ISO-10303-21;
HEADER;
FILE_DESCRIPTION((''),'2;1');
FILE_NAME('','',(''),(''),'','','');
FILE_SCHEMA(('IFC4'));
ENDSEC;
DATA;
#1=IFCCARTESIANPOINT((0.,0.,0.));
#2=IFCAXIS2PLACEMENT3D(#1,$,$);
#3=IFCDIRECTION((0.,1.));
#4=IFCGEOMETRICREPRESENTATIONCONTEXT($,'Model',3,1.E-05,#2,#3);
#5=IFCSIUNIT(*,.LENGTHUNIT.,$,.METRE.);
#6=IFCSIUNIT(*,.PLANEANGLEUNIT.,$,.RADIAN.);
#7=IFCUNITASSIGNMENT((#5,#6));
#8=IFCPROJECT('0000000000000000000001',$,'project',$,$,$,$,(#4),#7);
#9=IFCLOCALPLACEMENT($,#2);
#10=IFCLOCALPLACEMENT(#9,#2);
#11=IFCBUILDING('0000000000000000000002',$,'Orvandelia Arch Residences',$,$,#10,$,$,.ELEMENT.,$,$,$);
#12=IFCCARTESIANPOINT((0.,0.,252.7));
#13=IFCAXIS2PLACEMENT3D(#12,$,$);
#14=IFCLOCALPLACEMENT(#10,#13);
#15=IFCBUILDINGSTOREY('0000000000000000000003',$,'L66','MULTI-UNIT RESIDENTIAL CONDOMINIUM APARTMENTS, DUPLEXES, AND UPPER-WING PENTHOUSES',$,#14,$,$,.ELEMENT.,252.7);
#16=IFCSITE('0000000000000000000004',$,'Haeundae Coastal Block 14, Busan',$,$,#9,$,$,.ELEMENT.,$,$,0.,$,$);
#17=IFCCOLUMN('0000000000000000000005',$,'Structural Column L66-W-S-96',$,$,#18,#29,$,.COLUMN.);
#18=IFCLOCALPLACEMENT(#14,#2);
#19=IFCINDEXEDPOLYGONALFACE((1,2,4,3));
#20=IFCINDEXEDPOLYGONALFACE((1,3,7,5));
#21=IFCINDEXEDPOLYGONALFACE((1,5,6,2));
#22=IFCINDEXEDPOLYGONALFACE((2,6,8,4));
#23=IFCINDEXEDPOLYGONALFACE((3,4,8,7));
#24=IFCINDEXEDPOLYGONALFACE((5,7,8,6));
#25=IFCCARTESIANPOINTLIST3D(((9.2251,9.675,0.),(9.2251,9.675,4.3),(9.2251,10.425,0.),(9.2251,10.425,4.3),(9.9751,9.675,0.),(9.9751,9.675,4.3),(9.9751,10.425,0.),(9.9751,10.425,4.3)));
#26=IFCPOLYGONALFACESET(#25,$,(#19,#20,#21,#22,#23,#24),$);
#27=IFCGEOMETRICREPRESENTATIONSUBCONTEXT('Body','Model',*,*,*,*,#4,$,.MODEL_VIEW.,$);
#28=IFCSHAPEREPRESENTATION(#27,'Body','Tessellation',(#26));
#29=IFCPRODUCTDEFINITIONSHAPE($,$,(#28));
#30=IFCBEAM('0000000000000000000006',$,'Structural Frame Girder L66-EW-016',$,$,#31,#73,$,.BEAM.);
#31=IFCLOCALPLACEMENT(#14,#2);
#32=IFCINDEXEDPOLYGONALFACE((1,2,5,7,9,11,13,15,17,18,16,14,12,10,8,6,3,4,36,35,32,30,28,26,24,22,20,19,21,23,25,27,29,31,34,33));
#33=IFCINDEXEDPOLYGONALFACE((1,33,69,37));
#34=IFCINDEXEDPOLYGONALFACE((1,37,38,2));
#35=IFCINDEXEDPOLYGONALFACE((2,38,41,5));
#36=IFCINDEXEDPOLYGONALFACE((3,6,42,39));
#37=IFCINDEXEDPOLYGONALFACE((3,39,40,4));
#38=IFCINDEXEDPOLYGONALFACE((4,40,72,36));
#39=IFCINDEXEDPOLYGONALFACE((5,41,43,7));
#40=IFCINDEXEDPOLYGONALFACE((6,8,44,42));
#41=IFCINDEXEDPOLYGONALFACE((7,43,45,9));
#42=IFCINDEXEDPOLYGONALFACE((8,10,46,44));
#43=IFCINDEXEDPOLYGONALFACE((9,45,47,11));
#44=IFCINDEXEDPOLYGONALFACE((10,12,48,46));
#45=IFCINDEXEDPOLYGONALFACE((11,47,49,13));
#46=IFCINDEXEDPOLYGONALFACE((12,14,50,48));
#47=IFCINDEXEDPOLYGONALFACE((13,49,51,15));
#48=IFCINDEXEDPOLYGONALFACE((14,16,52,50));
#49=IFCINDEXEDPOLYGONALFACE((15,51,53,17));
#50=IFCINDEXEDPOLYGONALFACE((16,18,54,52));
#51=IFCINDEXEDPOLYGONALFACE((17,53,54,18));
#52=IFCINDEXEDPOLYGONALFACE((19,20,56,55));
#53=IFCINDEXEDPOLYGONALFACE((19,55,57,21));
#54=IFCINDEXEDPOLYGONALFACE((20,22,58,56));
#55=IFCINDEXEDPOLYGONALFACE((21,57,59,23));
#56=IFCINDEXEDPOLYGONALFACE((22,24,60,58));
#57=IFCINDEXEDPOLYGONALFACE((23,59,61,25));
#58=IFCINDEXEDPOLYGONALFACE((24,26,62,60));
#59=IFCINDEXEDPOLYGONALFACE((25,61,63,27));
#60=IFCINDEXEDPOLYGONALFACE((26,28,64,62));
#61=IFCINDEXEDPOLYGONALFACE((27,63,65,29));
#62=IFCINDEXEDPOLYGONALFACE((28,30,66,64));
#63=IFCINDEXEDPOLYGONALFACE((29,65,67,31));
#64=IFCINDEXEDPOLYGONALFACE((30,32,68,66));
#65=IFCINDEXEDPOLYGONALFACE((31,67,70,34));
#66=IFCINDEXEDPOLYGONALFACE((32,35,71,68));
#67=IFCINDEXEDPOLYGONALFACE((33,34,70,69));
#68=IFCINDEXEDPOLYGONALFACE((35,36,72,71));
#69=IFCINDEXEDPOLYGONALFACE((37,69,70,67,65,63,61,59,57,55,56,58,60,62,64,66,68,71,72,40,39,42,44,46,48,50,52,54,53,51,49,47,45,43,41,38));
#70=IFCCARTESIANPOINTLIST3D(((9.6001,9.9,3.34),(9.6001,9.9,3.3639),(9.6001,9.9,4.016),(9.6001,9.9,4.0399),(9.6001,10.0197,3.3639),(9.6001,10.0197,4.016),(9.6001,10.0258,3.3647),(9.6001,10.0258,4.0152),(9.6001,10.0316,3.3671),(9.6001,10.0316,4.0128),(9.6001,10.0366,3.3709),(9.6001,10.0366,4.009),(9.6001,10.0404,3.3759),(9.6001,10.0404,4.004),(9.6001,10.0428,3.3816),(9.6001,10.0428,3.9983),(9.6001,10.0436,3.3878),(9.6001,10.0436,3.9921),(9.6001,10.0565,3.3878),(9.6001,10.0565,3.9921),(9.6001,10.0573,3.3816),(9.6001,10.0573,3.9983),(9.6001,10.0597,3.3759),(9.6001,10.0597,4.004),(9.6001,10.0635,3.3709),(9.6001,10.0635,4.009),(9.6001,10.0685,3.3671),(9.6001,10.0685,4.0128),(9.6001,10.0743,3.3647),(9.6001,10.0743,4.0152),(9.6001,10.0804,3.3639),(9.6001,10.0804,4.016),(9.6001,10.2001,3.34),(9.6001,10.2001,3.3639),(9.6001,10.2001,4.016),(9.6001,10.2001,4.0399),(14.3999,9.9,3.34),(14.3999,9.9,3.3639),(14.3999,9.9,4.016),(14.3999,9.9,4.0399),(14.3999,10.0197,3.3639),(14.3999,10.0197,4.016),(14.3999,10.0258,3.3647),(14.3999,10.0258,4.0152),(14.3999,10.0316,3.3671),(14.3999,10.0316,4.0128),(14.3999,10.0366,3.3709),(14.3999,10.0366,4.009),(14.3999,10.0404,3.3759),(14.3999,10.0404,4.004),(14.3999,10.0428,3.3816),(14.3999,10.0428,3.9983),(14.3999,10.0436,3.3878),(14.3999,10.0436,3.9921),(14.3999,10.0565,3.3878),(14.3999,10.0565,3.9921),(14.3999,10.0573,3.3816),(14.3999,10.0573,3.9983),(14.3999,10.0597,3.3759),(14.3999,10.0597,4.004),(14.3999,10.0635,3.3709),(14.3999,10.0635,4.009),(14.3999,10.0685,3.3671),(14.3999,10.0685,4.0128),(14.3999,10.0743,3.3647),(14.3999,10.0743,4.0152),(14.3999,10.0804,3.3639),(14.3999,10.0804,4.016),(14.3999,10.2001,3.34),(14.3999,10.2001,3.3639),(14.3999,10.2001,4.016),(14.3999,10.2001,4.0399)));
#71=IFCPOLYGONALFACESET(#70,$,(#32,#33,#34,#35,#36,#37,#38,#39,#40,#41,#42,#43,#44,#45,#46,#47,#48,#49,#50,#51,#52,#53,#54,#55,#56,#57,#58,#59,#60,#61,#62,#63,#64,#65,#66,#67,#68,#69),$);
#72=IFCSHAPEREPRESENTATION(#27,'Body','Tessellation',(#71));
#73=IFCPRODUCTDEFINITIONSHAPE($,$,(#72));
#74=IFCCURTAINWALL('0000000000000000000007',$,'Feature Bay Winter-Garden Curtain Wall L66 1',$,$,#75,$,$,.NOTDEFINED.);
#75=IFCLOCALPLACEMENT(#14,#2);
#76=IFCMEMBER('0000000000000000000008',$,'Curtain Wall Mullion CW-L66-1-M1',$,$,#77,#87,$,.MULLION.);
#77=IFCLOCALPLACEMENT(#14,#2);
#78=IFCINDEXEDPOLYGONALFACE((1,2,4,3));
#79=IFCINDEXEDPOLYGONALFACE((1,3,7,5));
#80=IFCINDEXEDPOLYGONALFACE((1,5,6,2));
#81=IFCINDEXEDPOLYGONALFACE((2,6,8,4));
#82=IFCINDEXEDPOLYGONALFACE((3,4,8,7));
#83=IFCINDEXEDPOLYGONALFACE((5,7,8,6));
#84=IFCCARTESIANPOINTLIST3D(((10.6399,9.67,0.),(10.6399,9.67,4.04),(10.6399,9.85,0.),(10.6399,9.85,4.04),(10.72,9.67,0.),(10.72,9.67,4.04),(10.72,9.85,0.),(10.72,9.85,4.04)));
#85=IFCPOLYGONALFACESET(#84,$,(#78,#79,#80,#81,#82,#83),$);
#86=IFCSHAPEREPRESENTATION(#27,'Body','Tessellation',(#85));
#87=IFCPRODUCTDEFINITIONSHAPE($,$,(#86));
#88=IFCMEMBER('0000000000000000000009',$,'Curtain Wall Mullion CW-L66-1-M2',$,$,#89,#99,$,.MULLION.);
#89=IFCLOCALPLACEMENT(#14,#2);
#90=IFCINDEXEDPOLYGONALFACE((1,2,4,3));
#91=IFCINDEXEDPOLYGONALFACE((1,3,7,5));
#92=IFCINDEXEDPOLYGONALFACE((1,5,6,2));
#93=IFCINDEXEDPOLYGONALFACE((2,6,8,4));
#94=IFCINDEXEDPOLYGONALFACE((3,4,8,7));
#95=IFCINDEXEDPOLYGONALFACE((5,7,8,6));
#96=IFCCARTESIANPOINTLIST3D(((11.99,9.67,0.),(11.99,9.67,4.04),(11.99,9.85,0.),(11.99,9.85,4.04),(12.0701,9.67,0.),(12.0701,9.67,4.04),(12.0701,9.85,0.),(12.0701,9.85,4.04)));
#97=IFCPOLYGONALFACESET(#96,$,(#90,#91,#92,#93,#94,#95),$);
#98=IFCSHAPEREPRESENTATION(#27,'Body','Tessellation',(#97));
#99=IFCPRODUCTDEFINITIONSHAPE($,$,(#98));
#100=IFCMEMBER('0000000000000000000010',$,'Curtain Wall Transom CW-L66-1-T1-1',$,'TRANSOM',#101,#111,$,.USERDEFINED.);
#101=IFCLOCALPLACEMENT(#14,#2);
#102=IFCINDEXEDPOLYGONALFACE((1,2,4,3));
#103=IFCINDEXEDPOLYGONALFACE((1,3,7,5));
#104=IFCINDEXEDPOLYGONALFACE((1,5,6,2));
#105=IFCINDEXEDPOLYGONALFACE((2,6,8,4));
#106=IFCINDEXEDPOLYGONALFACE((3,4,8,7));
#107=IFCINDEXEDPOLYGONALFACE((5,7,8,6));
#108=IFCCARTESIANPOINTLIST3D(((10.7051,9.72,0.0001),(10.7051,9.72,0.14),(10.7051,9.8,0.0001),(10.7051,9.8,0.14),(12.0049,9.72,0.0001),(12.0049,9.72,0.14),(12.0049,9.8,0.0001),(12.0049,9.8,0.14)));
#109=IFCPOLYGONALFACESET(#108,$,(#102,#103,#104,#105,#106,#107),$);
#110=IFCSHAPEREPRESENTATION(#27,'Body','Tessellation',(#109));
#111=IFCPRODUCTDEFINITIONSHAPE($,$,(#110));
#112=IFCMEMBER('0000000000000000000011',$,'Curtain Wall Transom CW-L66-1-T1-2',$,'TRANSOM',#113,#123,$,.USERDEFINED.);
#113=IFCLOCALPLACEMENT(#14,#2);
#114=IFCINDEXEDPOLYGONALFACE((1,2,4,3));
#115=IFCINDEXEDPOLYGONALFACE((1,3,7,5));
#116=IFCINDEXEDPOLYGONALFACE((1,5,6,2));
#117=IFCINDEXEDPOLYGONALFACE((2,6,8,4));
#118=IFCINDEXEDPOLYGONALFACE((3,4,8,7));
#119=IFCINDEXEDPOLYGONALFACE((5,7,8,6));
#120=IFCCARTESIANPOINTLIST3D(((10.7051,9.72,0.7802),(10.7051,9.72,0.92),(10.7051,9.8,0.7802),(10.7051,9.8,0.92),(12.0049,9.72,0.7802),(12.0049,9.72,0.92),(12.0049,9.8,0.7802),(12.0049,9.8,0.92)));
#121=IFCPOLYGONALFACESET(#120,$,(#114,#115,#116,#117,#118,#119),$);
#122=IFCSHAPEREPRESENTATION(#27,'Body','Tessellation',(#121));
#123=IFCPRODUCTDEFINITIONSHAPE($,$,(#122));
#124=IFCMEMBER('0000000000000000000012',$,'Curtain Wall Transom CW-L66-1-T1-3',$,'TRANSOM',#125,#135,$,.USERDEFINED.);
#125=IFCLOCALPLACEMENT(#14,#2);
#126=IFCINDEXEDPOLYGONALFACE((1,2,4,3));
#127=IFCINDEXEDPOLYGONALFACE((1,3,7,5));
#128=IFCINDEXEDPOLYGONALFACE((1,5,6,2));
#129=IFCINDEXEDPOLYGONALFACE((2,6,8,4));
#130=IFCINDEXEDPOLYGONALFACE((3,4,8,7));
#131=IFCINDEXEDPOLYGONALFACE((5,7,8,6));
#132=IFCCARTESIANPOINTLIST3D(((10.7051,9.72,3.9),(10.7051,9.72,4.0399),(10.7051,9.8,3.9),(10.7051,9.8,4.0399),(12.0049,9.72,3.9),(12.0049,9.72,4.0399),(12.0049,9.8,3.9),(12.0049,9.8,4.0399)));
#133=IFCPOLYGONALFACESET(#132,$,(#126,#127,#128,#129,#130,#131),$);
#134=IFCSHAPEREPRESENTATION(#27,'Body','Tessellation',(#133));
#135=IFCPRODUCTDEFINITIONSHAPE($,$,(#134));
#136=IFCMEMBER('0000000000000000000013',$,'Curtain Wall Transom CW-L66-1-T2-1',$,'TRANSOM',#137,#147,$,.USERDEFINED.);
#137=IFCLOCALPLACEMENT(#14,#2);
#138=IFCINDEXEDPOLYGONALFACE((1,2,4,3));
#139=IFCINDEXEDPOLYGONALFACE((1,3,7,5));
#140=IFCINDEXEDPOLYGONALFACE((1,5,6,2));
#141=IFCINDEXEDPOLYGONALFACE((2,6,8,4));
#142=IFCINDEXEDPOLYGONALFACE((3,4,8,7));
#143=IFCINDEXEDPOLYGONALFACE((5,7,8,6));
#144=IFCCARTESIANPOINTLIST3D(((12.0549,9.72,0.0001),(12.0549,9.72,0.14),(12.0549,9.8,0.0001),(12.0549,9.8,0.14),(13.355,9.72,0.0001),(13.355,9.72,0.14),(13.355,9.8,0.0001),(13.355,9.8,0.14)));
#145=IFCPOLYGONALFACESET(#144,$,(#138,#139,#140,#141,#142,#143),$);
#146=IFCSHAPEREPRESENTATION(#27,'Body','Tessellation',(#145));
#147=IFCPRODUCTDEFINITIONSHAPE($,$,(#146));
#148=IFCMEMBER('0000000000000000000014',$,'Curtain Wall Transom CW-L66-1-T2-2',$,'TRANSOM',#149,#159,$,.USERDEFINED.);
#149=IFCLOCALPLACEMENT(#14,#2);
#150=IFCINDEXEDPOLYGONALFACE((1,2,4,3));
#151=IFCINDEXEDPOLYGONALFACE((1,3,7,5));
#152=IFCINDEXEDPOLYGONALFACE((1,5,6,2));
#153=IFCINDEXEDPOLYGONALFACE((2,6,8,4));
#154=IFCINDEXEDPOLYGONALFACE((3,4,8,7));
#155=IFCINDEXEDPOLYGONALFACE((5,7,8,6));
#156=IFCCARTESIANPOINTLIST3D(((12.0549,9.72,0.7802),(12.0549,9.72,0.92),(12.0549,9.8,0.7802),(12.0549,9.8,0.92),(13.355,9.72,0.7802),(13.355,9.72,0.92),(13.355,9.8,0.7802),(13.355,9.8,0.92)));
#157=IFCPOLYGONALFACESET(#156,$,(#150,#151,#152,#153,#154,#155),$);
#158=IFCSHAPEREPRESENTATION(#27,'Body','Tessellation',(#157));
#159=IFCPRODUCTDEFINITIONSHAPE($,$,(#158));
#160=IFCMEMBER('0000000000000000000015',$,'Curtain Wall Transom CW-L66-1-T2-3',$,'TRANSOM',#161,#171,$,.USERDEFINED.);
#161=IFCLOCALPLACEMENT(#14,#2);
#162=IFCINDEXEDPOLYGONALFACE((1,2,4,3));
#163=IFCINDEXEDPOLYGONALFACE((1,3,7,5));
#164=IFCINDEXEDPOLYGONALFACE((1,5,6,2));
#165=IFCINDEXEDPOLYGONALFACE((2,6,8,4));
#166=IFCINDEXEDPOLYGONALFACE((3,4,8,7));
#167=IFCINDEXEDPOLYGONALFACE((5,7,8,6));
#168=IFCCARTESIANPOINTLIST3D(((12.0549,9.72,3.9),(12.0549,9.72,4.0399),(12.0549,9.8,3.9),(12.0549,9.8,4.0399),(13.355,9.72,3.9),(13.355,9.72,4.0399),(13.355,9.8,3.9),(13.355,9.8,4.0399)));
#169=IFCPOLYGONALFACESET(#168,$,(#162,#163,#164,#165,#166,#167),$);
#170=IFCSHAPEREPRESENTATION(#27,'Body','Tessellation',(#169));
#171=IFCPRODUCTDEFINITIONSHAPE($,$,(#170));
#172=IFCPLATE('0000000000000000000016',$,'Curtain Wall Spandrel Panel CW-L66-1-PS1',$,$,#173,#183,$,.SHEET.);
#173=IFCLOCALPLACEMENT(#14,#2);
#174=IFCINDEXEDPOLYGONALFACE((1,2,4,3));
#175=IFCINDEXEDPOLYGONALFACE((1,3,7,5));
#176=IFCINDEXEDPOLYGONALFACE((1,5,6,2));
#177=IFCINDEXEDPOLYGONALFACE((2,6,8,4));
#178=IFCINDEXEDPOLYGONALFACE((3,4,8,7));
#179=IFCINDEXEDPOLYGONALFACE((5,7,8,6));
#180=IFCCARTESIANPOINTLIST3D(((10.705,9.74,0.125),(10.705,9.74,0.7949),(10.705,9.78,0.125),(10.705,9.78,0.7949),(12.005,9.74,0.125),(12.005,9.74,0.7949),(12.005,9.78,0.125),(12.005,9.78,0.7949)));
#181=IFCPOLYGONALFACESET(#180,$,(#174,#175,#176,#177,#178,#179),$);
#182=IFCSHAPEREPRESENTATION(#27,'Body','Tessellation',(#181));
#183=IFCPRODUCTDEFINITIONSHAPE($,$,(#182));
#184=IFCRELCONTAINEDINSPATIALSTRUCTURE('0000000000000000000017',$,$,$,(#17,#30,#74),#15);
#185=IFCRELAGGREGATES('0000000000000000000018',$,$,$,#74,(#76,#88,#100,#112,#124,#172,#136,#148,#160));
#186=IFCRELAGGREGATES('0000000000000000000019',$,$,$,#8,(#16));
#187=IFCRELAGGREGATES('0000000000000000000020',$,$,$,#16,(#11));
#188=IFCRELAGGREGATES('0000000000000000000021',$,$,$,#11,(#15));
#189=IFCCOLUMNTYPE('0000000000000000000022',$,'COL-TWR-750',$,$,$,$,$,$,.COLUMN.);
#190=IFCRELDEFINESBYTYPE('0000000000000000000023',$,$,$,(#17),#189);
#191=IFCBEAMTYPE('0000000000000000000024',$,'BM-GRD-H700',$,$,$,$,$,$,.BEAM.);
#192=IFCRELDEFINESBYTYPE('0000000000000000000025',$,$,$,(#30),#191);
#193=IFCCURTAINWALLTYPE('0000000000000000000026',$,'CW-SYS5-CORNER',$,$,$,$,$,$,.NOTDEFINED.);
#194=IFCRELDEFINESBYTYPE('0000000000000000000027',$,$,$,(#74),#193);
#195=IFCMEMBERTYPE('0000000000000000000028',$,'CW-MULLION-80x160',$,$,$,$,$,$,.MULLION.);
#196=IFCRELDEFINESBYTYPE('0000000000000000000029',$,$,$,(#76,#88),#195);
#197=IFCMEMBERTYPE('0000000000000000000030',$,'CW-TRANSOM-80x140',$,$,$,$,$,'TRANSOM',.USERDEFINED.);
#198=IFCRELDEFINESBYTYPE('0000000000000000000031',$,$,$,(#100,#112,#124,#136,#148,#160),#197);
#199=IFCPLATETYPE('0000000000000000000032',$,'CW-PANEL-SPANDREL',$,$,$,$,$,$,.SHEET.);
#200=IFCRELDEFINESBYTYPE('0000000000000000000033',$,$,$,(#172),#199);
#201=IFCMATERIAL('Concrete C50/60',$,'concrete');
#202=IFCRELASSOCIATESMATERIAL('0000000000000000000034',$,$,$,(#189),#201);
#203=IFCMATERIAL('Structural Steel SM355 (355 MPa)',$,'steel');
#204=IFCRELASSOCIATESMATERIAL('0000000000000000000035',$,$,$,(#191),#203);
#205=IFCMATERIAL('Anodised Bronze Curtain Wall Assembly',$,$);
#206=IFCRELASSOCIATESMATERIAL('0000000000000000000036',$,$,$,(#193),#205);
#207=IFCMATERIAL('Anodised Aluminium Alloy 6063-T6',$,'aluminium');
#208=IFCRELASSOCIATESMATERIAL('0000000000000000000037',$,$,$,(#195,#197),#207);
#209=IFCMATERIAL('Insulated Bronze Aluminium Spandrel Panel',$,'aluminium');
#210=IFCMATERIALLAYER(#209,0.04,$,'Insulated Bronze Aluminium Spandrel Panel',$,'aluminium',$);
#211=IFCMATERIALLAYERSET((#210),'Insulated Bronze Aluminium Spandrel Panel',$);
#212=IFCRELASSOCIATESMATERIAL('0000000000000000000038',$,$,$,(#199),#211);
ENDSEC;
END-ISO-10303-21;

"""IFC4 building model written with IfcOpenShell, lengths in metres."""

from ifc_helpers import new_model, si_unit, direction, frame, origin, origin_2d, place, context, subcontext, project, spatial, rectangle, i_section, extrude, material, layer, layer_set, material_profile, profile_set, type_object, element, aggregate, save


model = new_model("IFC4")

# Units and contexts
model_context = context("Model", 3, precision=1e-05, world=origin(), true_north=direction((0.0, 1.0)))
body_context = subcontext(model_context, "Body", "Model", "MODEL_VIEW")
ifc_project = project(units=[si_unit("LENGTHUNIT", "METRE"), si_unit("PLANEANGLEUNIT", "RADIAN")], contexts=[model_context])

# Site, building, storey
site_placement = place(None, origin())
site = spatial("IfcSite", under=ifc_project, at=site_placement, Name="Haeundae Coastal Block 14, Busan", CompositionType="ELEMENT", RefElevation=0.0)
building_placement = place(site_placement, origin())
building = spatial("IfcBuilding", under=site, at=building_placement, Name="Orvandelia Arch Residences", CompositionType="ELEMENT")
storey_placement = place(building_placement, frame((0.0, 0.0, 252.7)))
storey = spatial("IfcBuildingStorey", under=building, at=storey_placement, Name="L66", Description="MULTI-UNIT RESIDENTIAL CONDOMINIUM APARTMENTS, DUPLEXES, AND UPPER-WING PENTHOUSES", CompositionType="ELEMENT", Elevation=252.7)

# Column
ifc_material_1 = material(Name="Concrete C50/60", Category="concrete")
ifc_material_profile_1 = material_profile(ifc_material_1, rectangle(XDim=0.75, YDim=0.75, at=origin_2d()), Name="Concrete C50/60", Category="concrete")
ifc_profile_set_1 = profile_set([ifc_material_profile_1], Name="Concrete C50/60")
column_type = type_object("IfcColumnType", Name="COL-TWR-750", PredefinedType="COLUMN", material=ifc_profile_set_1)
column_placement = place(storey_placement, frame((9.6001, 10.05, 0.0), z_axis=(0.0, 0.0, 1.0), x_axis=(1.0, 0.0, 0.0)))
element("IfcColumn", 1, at=column_placement, inside=storey, type_object=column_type, Name="Structural Column L66-W-S-96", PredefinedType="COLUMN", context=body_context, shape_type="SweptSolid", body=[
    extrude(rectangle(XDim=0.75, YDim=0.75, at=origin_2d()), origin(), (0.0, 0.0, 1.0), 4.3),
])

# Beam
ifc_material_2 = material(Name="Structural Steel SM355 (355 MPa)", Category="steel")
ifc_material_profile_2 = material_profile(ifc_material_2, i_section(OverallWidth=0.3, OverallDepth=0.7, WebThickness=0.0129, FlangeThickness=0.0239, FilletRadius=0.0239, at=origin_2d()), Name="Structural Steel SM355 (355 MPa)", Category="steel")
ifc_profile_set_2 = profile_set([ifc_material_profile_2], Name="Structural Steel SM355 (355 MPa)")
beam_type = type_object("IfcBeamType", Name="BM-GRD-H700", PredefinedType="BEAM", material=ifc_profile_set_2)
beam_placement = place(storey_placement, frame((9.6001, 10.05, 3.6899), z_axis=(1.0, 0.0, 0.0), x_axis=(0.0, 1.0, 0.0)))
element("IfcBeam", 2, at=beam_placement, inside=storey, type_object=beam_type, Name="Structural Frame Girder L66-EW-016", PredefinedType="BEAM", context=body_context, shape_type="SweptSolid", body=[
    extrude(i_section(OverallWidth=0.3, OverallDepth=0.7, WebThickness=0.0129, FlangeThickness=0.0239, FilletRadius=0.0239, at=origin_2d()), origin(), (0.0, 0.0, 1.0), 4.7998),
])

# Curtain wall, members, plate
ifc_material_3 = material(Name="Anodised Bronze Curtain Wall Assembly")
curtain_wall_type = type_object("IfcCurtainWallType", Name="CW-SYS5-CORNER", PredefinedType="NOTDEFINED", material=ifc_material_3)
curtain_wall_placement = place(storey_placement, origin())
curtain_wall = element("IfcCurtainWall", 3, at=curtain_wall_placement, inside=storey, type_object=curtain_wall_type, Name="Feature Bay Winter-Garden Curtain Wall L66 1", PredefinedType="NOTDEFINED")
ifc_material_4 = material(Name="Anodised Aluminium Alloy 6063-T6", Category="aluminium")
ifc_material_profile_3 = material_profile(ifc_material_4, rectangle(XDim=0.0801, YDim=0.1799, at=origin_2d()), Name="Anodised Aluminium Alloy 6063-T6", Category="aluminium")
ifc_profile_set_3 = profile_set([ifc_material_profile_3], Name="Anodised Aluminium Alloy 6063-T6")
member_type_1 = type_object("IfcMemberType", Name="CW-MULLION-80x160", PredefinedType="MULLION", material=ifc_profile_set_3)
member_1_placement = place(storey_placement, frame((10.6799, 9.76, 0.0), z_axis=(0.0, 0.0, 1.0), x_axis=(1.0, 0.0, 0.0)))
member_1 = element("IfcMember", 4, at=member_1_placement, type_object=member_type_1, Name="Curtain Wall Mullion CW-L66-1-M1", PredefinedType="MULLION", context=body_context, shape_type="SweptSolid", body=[
    extrude(rectangle(XDim=0.0801, YDim=0.1799, at=origin_2d()), origin(), (0.0, 0.0, 1.0), 4.04),
])
member_2_placement = place(storey_placement, frame((12.03, 9.76, 0.0), z_axis=(0.0, 0.0, 1.0), x_axis=(1.0, 0.0, 0.0)))
member_2 = element("IfcMember", 5, at=member_2_placement, type_object=member_type_1, Name="Curtain Wall Mullion CW-L66-1-M2", PredefinedType="MULLION", context=body_context, shape_type="SweptSolid", body=[
    extrude(rectangle(XDim=0.0801, YDim=0.1799, at=origin_2d()), origin(), (0.0, 0.0, 1.0), 4.04),
])
ifc_material_profile_4 = material_profile(ifc_material_4, rectangle(XDim=0.0801, YDim=0.1399, at=origin_2d()), Name="Anodised Aluminium Alloy 6063-T6", Category="aluminium")
ifc_profile_set_4 = profile_set([ifc_material_profile_4], Name="Anodised Aluminium Alloy 6063-T6")
member_type_2 = type_object("IfcMemberType", Name="CW-TRANSOM-80x140", ElementType="TRANSOM", PredefinedType="USERDEFINED", material=ifc_profile_set_4)
member_3_placement = place(storey_placement, frame((10.7051, 9.76, 0.0701), z_axis=(1.0, 0.0, 0.0), x_axis=(0.0, 1.0, 0.0)))
member_3 = element("IfcMember", 6, at=member_3_placement, type_object=member_type_2, Name="Curtain Wall Transom CW-L66-1-T1-1", ObjectType="TRANSOM", PredefinedType="USERDEFINED", context=body_context, shape_type="SweptSolid", body=[
    extrude(rectangle(XDim=0.0801, YDim=0.1399, at=origin_2d()), origin(), (0.0, 0.0, 1.0), 1.2998),
])
member_4_placement = place(storey_placement, frame((10.7051, 9.76, 0.8501), z_axis=(1.0, 0.0, 0.0), x_axis=(0.0, 1.0, 0.0)))
member_4 = element("IfcMember", 7, at=member_4_placement, type_object=member_type_2, Name="Curtain Wall Transom CW-L66-1-T1-2", ObjectType="TRANSOM", PredefinedType="USERDEFINED", context=body_context, shape_type="SweptSolid", body=[
    extrude(rectangle(XDim=0.0801, YDim=0.1399, at=origin_2d()), origin(), (0.0, 0.0, 1.0), 1.2998),
])
member_5_placement = place(storey_placement, frame((10.7051, 9.76, 3.97), z_axis=(1.0, 0.0, 0.0), x_axis=(0.0, 1.0, 0.0)))
member_5 = element("IfcMember", 8, at=member_5_placement, type_object=member_type_2, Name="Curtain Wall Transom CW-L66-1-T1-3", ObjectType="TRANSOM", PredefinedType="USERDEFINED", context=body_context, shape_type="SweptSolid", body=[
    extrude(rectangle(XDim=0.0801, YDim=0.1399, at=origin_2d()), origin(), (0.0, 0.0, 1.0), 1.2998),
])
member_6_placement = place(storey_placement, frame((12.0549, 9.76, 0.0701), z_axis=(1.0, 0.0, 0.0), x_axis=(0.0, 1.0, 0.0)))
member_6 = element("IfcMember", 9, at=member_6_placement, type_object=member_type_2, Name="Curtain Wall Transom CW-L66-1-T2-1", ObjectType="TRANSOM", PredefinedType="USERDEFINED", context=body_context, shape_type="SweptSolid", body=[
    extrude(rectangle(XDim=0.0801, YDim=0.1399, at=origin_2d()), origin(), (0.0, 0.0, 1.0), 1.3),
])
member_7_placement = place(storey_placement, frame((12.0549, 9.76, 0.8501), z_axis=(1.0, 0.0, 0.0), x_axis=(0.0, 1.0, 0.0)))
member_7 = element("IfcMember", 10, at=member_7_placement, type_object=member_type_2, Name="Curtain Wall Transom CW-L66-1-T2-2", ObjectType="TRANSOM", PredefinedType="USERDEFINED", context=body_context, shape_type="SweptSolid", body=[
    extrude(rectangle(XDim=0.0801, YDim=0.1399, at=origin_2d()), origin(), (0.0, 0.0, 1.0), 1.3),
])
member_8_placement = place(storey_placement, frame((12.0549, 9.76, 3.97), z_axis=(1.0, 0.0, 0.0), x_axis=(0.0, 1.0, 0.0)))
member_8 = element("IfcMember", 11, at=member_8_placement, type_object=member_type_2, Name="Curtain Wall Transom CW-L66-1-T2-3", ObjectType="TRANSOM", PredefinedType="USERDEFINED", context=body_context, shape_type="SweptSolid", body=[
    extrude(rectangle(XDim=0.0801, YDim=0.1399, at=origin_2d()), origin(), (0.0, 0.0, 1.0), 1.3),
])
ifc_material_5 = material(Name="Insulated Bronze Aluminium Spandrel Panel", Category="aluminium")
ifc_layer_1 = layer(ifc_material_5, 0.04, Name="Insulated Bronze Aluminium Spandrel Panel", Category="aluminium")
ifc_layer_set_1 = layer_set([ifc_layer_1], Name="Insulated Bronze Aluminium Spandrel Panel")
plate_type_1 = type_object("IfcPlateType", Name="CW-PANEL-SPANDREL", PredefinedType="SHEET", material=ifc_layer_set_1)
plate_1_placement = place(storey_placement, frame((11.355, 9.76, 0.125), z_axis=(0.0, 0.0, 1.0), x_axis=(1.0, 0.0, 0.0)))
plate_1 = element("IfcPlate", 12, at=plate_1_placement, type_object=plate_type_1, Name="Curtain Wall Spandrel Panel CW-L66-1-PS1", PredefinedType="SHEET", context=body_context, shape_type="SweptSolid", body=[
    extrude(rectangle(XDim=1.3, YDim=0.04, at=origin_2d()), origin(), (0.0, 0.0, 1.0), 0.6699),
])
aggregate(curtain_wall, [member_1, member_2, member_3, member_4, member_5, plate_1, member_6, member_7, member_8])

save(model, "model.ifc")
